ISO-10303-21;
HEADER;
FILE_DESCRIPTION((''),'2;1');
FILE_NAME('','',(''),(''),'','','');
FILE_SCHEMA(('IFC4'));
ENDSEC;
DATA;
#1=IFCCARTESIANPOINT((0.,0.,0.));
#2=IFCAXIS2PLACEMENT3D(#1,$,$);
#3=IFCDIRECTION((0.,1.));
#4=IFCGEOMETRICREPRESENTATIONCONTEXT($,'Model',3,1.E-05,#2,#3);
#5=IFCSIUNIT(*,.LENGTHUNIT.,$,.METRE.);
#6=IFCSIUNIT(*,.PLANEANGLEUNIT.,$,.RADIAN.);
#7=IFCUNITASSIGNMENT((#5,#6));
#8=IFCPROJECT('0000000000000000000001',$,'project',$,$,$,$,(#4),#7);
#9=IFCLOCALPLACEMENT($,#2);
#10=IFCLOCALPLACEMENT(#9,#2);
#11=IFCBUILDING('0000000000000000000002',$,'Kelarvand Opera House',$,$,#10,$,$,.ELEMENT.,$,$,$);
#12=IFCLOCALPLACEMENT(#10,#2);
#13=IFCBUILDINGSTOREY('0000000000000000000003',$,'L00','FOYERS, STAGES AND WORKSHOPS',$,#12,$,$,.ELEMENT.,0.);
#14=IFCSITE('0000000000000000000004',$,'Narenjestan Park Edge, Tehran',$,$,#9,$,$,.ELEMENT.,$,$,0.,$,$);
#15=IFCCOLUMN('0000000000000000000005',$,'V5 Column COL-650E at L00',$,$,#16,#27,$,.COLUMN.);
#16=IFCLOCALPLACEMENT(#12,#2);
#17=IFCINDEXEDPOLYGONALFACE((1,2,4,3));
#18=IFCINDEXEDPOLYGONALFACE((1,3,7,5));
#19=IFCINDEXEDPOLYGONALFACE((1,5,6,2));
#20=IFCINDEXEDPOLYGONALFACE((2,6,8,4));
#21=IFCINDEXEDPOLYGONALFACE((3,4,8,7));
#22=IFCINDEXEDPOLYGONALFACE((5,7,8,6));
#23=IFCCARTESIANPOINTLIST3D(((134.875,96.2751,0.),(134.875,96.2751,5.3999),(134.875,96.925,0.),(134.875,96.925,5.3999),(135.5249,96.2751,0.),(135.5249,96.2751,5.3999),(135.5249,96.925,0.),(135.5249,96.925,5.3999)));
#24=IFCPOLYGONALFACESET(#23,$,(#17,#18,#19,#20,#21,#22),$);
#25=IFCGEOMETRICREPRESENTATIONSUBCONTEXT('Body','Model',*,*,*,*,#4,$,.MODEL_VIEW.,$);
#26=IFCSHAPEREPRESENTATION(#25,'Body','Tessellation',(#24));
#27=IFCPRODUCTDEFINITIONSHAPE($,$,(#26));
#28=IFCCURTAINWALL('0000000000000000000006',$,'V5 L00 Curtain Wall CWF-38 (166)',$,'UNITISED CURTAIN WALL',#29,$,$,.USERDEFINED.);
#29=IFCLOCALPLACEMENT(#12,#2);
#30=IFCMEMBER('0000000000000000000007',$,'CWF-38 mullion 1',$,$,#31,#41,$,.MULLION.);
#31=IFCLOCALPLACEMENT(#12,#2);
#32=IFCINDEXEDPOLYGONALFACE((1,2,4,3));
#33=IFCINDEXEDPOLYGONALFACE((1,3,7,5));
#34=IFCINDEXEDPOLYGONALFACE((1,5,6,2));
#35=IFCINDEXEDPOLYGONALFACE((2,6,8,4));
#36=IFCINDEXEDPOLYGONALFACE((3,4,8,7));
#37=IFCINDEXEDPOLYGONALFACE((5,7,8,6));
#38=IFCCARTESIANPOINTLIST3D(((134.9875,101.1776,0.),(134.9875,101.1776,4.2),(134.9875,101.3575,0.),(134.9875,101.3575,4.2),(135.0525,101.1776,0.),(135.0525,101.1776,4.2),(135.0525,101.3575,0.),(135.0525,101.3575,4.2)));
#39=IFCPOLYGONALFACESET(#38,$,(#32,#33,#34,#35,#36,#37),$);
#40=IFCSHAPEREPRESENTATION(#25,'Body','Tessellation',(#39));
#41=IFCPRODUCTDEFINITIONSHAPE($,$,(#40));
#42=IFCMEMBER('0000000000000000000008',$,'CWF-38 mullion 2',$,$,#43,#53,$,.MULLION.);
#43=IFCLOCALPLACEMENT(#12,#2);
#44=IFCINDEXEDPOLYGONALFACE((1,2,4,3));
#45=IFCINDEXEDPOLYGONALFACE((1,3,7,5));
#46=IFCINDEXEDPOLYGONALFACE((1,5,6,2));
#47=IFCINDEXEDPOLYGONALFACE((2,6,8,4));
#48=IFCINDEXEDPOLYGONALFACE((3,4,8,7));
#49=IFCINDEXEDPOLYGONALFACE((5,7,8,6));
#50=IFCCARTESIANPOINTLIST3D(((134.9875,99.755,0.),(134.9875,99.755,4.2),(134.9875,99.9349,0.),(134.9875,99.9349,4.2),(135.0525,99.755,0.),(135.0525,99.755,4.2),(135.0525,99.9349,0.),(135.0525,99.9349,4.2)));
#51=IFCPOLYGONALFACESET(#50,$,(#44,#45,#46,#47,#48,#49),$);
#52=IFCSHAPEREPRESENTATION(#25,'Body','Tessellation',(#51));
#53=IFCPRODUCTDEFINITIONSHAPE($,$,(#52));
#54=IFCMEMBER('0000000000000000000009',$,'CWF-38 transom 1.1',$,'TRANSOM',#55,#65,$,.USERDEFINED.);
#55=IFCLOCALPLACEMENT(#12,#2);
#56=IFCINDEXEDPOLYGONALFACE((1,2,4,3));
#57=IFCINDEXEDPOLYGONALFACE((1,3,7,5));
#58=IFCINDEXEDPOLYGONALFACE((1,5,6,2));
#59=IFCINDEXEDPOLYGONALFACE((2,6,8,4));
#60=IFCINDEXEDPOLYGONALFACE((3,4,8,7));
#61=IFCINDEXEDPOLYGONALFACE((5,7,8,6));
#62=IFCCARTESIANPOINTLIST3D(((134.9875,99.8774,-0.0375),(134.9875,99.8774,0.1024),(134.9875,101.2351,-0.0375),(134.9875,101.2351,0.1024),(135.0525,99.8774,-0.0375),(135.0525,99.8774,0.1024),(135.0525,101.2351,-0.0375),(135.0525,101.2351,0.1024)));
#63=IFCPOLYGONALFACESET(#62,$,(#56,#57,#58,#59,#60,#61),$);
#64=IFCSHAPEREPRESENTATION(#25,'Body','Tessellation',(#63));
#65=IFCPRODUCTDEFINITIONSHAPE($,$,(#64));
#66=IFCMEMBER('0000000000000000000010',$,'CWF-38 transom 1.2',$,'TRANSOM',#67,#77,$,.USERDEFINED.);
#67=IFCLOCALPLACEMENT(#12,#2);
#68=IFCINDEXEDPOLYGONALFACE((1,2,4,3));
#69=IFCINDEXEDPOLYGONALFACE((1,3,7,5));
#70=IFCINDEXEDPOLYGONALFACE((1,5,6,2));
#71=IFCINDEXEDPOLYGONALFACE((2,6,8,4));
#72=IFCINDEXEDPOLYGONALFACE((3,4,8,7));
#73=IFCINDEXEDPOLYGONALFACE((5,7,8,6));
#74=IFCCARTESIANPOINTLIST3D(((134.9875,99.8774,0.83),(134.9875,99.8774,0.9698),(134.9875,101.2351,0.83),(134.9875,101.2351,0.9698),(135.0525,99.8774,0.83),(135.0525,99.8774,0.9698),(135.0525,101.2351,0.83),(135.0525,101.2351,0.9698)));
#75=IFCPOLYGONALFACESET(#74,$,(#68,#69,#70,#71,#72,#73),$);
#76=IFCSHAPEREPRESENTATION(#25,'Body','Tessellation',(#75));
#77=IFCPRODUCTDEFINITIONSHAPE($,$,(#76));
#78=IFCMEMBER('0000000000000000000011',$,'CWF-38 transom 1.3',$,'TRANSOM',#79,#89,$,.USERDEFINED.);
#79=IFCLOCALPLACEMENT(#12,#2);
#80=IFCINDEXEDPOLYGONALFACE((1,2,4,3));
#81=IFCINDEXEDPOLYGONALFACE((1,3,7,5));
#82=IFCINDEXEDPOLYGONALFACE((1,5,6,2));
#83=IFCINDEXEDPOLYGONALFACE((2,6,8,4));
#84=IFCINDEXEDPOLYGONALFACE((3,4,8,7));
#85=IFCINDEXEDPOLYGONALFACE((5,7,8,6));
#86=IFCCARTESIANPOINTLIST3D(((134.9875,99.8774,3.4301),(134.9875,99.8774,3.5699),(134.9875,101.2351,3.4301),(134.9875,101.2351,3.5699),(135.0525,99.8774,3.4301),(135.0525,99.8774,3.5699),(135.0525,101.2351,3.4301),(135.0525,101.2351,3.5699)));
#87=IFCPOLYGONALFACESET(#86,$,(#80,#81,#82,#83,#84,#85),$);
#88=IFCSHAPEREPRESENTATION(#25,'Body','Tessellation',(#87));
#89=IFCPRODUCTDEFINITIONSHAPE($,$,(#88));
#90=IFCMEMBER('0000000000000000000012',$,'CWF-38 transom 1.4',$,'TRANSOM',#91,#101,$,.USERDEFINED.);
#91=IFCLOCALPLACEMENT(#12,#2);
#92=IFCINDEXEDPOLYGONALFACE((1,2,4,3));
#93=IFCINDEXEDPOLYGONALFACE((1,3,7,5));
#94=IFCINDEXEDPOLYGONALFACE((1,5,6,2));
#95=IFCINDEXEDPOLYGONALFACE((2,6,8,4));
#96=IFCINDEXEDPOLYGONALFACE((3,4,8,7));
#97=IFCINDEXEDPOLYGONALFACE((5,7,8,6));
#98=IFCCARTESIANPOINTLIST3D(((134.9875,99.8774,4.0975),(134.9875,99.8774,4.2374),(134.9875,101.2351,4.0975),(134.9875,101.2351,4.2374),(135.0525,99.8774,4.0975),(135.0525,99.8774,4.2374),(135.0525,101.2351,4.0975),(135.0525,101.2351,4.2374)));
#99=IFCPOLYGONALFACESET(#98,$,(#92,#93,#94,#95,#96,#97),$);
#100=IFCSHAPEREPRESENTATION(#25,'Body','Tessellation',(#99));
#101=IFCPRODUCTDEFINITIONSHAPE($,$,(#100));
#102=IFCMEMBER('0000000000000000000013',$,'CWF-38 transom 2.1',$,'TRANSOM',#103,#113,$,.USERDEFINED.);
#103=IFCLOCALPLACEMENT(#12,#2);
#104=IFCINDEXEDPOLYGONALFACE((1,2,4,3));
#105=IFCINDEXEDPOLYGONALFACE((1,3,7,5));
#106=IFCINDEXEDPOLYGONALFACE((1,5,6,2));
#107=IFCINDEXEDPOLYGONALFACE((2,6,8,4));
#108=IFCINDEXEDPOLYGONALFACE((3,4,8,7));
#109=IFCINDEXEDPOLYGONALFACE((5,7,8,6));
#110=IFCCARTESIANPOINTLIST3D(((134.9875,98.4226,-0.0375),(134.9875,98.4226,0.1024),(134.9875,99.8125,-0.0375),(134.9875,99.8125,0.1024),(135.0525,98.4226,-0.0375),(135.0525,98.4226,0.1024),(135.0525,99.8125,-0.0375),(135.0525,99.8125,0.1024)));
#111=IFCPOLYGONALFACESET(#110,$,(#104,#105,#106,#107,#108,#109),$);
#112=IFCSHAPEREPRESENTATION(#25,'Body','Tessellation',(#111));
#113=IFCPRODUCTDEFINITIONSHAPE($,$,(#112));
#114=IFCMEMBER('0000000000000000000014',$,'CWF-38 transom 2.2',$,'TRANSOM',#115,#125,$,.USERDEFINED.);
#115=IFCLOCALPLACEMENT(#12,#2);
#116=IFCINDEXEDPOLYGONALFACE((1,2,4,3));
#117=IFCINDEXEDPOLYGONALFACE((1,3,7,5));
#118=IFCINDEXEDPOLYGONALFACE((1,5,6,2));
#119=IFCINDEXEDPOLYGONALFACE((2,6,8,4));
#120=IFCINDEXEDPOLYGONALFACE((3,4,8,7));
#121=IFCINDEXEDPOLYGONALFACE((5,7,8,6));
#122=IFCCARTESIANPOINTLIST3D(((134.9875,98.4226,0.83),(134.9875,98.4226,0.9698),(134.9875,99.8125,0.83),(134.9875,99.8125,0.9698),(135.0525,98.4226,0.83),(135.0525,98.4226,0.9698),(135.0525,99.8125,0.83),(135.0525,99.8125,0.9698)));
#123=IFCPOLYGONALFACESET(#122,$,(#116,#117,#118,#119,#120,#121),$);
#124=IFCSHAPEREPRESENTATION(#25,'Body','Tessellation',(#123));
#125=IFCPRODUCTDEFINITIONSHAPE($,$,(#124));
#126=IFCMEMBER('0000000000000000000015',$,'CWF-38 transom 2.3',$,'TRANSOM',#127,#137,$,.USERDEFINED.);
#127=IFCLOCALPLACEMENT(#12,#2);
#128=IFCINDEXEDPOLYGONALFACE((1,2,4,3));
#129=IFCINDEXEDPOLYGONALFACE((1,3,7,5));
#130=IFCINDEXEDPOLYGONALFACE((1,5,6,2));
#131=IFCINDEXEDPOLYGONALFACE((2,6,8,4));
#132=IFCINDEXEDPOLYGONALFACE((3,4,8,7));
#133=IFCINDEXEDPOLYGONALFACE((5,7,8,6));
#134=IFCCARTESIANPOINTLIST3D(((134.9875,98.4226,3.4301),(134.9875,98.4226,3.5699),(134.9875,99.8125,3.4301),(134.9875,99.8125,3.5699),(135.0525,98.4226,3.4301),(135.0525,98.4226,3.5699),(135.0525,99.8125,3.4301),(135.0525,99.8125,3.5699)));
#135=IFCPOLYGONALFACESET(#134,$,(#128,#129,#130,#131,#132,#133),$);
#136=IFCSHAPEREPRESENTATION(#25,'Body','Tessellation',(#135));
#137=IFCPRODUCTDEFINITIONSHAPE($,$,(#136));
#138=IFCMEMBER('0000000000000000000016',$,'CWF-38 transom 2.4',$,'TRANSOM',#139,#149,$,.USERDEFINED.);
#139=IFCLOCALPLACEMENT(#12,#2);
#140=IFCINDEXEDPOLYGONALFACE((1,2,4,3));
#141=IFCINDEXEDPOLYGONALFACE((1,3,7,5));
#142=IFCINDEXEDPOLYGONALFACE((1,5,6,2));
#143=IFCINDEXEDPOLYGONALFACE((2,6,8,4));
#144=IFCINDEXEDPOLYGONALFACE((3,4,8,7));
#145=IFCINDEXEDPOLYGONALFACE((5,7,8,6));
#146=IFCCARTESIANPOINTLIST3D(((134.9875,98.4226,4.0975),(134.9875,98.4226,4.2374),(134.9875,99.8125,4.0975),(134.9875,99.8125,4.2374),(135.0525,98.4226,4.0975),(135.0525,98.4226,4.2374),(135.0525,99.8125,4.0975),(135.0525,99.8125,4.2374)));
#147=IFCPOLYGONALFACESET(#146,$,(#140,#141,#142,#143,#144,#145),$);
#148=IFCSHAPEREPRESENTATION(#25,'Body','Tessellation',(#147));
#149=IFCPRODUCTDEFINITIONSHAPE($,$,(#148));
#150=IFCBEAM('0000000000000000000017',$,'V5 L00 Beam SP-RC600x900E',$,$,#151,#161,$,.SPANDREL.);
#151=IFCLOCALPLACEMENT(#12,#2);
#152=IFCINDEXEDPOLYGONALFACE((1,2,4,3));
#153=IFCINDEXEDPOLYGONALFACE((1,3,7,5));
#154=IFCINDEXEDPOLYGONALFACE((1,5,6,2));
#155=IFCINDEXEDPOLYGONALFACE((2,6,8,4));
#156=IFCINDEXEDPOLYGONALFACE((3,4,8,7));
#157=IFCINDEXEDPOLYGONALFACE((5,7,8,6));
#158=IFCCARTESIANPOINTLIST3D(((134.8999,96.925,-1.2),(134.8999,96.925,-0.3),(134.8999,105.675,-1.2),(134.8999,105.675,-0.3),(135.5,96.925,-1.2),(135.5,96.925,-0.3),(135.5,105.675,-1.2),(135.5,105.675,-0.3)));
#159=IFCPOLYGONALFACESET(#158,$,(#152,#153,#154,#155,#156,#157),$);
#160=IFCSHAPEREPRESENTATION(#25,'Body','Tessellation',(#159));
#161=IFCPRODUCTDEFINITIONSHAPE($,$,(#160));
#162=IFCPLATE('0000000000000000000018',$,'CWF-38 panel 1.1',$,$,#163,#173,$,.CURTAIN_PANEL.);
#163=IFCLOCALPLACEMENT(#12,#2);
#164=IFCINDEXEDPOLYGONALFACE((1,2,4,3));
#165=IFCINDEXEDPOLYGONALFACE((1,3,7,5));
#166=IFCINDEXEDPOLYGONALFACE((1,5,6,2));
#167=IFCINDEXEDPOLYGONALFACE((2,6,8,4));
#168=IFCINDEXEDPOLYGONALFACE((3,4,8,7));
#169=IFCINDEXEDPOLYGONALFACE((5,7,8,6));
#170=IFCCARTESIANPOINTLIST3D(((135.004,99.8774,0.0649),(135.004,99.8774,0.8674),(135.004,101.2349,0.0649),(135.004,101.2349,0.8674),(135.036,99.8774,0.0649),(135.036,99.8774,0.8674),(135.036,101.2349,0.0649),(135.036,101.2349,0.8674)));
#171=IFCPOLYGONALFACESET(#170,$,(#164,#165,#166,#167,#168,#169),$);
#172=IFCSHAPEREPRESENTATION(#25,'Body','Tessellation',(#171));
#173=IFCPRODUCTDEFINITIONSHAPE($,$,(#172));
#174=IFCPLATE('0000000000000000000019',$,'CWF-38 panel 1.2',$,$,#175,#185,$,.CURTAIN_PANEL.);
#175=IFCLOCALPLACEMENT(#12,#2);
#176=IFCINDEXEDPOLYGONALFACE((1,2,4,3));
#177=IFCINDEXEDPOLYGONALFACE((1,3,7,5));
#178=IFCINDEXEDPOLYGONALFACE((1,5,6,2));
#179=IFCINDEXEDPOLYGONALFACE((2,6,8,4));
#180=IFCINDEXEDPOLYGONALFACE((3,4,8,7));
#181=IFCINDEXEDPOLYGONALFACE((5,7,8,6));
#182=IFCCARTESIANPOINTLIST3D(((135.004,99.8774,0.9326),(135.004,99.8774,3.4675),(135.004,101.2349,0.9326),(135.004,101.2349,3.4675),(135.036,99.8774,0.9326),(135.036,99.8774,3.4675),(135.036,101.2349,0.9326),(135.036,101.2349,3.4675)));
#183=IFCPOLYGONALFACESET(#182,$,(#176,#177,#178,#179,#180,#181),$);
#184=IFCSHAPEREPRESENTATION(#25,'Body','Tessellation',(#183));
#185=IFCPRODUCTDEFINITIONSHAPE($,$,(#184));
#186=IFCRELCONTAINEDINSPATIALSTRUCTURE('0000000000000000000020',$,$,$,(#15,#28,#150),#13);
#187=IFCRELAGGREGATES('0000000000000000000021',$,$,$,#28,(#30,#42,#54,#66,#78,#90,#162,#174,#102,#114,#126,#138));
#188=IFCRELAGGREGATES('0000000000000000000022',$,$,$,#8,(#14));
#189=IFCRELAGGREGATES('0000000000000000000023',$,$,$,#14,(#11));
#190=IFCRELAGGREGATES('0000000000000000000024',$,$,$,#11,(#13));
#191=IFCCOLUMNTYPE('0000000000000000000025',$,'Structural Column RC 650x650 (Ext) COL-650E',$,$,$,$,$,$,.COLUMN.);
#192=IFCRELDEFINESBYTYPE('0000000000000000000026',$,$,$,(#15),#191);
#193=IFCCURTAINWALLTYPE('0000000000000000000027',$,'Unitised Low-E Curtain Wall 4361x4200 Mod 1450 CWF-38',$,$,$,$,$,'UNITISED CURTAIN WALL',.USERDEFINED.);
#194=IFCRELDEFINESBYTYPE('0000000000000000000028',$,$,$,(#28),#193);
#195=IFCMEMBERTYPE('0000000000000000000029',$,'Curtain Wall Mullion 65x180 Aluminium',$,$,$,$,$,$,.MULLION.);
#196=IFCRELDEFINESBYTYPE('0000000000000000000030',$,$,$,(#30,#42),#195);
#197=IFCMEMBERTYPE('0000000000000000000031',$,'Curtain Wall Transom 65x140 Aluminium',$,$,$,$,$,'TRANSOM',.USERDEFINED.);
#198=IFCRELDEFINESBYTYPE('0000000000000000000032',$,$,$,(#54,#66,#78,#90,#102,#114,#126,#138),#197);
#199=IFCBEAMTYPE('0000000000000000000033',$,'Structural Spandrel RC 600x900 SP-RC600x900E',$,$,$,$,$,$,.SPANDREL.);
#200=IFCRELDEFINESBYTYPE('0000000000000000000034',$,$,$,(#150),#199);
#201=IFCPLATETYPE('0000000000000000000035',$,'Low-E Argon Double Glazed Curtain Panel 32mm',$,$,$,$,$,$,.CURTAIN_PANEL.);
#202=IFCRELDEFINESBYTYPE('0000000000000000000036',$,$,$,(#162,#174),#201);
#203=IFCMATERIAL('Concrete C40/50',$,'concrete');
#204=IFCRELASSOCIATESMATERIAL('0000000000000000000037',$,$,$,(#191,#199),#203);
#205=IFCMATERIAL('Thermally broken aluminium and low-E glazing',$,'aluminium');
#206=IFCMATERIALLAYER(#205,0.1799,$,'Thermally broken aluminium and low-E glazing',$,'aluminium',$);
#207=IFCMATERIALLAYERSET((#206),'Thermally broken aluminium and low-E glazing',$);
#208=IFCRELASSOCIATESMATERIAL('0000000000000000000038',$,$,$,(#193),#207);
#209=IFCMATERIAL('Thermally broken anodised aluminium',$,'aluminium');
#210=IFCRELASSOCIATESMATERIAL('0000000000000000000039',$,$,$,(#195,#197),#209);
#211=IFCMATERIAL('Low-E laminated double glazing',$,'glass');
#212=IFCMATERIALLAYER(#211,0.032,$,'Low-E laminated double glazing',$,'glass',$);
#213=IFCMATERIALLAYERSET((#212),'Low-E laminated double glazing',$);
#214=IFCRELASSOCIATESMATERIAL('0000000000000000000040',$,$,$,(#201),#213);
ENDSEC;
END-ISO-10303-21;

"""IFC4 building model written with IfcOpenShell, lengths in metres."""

from ifc_helpers import new_model, si_unit, direction, frame, origin, origin_2d, place, context, subcontext, project, spatial, rectangle, extrude, material, layer, layer_set, material_profile, profile_set, type_object, element, aggregate, save


model = new_model("IFC4")

# Units and contexts
model_context = context("Model", 3, precision=1e-05, world=origin(), true_north=direction((0.0, 1.0)))
body_context = subcontext(model_context, "Body", "Model", "MODEL_VIEW")
ifc_project = project(units=[si_unit("LENGTHUNIT", "METRE"), si_unit("PLANEANGLEUNIT", "RADIAN")], contexts=[model_context])

# Site, building, storey
site_placement = place(None, origin())
site = spatial("IfcSite", under=ifc_project, at=site_placement, Name="Narenjestan Park Edge, Tehran", CompositionType="ELEMENT", RefElevation=0.0)
building_placement = place(site_placement, origin())
building = spatial("IfcBuilding", under=site, at=building_placement, Name="Kelarvand Opera House", CompositionType="ELEMENT")
storey_placement = place(building_placement, origin())
storey = spatial("IfcBuildingStorey", under=building, at=storey_placement, Name="L00", Description="FOYERS, STAGES AND WORKSHOPS", CompositionType="ELEMENT", Elevation=0.0)

# Column
ifc_material_1 = material(Name="Concrete C40/50", Category="concrete")
ifc_material_profile_1 = material_profile(ifc_material_1, rectangle(XDim=0.6499, YDim=0.6499, at=origin_2d()), Name="RC 650x650", Category="concrete")
ifc_profile_set_1 = profile_set([ifc_material_profile_1], Name="Concrete C40/50")
column_type = type_object("IfcColumnType", Name="Structural Column RC 650x650 (Ext) COL-650E", PredefinedType="COLUMN", material=ifc_profile_set_1)
column_placement = place(storey_placement, frame((135.2, 96.6001, 0.0), z_axis=(0.0, 0.0, 1.0), x_axis=(1.0, 0.0, 0.0)))
element("IfcColumn", 1, at=column_placement, inside=storey, type_object=column_type, Name="V5 Column COL-650E at L00", PredefinedType="COLUMN", context=body_context, shape_type="SweptSolid", body=[
    extrude(rectangle(XDim=0.6499, YDim=0.6499, at=origin_2d()), origin(), (0.0, 0.0, 1.0), 5.3999),
])

# Curtain wall, members
ifc_material_2 = material(Name="Thermally broken aluminium and low-E glazing", Category="aluminium")
ifc_layer_1 = layer(ifc_material_2, 0.1799, Name="Thermally broken aluminium and low-E glazing", Category="aluminium")
ifc_layer_set_1 = layer_set([ifc_layer_1], Name="Thermally broken aluminium and low-E glazing")
curtain_wall_type = type_object("IfcCurtainWallType", Name="Unitised Low-E Curtain Wall 4361x4200 Mod 1450 CWF-38", ElementType="UNITISED CURTAIN WALL", PredefinedType="USERDEFINED", material=ifc_layer_set_1)
curtain_wall_placement = place(storey_placement, origin())
curtain_wall = element("IfcCurtainWall", 2, at=curtain_wall_placement, inside=storey, type_object=curtain_wall_type, Name="V5 L00 Curtain Wall CWF-38 (166)", ObjectType="UNITISED CURTAIN WALL", PredefinedType="USERDEFINED")
ifc_material_3 = material(Name="Thermally broken anodised aluminium", Category="aluminium")
ifc_material_profile_2 = material_profile(ifc_material_3, rectangle(XDim=0.0649, YDim=0.1799, at=origin_2d()), Name="ALU MULLION 65x180", Category="aluminium")
ifc_profile_set_2 = profile_set([ifc_material_profile_2], Name="Thermally broken anodised aluminium")
member_type_1 = type_object("IfcMemberType", Name="Curtain Wall Mullion 65x180 Aluminium", PredefinedType="MULLION", material=ifc_profile_set_2)
member_1_placement = place(storey_placement, frame((135.02, 101.2676, 0.0), z_axis=(0.0, 0.0, 1.0), x_axis=(1.0, 0.0, 0.0)))
member_1 = element("IfcMember", 3, at=member_1_placement, type_object=member_type_1, Name="CWF-38 mullion 1", PredefinedType="MULLION", context=body_context, shape_type="SweptSolid", body=[
    extrude(rectangle(XDim=0.0649, YDim=0.1799, at=origin_2d()), origin(), (0.0, 0.0, 1.0), 4.2),
])
member_2_placement = place(storey_placement, frame((135.02, 99.845, 0.0), z_axis=(0.0, 0.0, 1.0), x_axis=(1.0, 0.0, 0.0)))
member_2 = element("IfcMember", 4, at=member_2_placement, type_object=member_type_1, Name="CWF-38 mullion 2", PredefinedType="MULLION", context=body_context, shape_type="SweptSolid", body=[
    extrude(rectangle(XDim=0.0649, YDim=0.1799, at=origin_2d()), origin(), (0.0, 0.0, 1.0), 4.2),
])
ifc_material_profile_3 = material_profile(ifc_material_3, rectangle(XDim=0.0649, YDim=0.1399, at=origin_2d()), Name="ALU TRANSOM 65x140", Category="aluminium")
ifc_profile_set_3 = profile_set([ifc_material_profile_3], Name="Thermally broken anodised aluminium")
member_type_2 = type_object("IfcMemberType", Name="Curtain Wall Transom 65x140 Aluminium", ElementType="TRANSOM", PredefinedType="USERDEFINED", material=ifc_profile_set_3)
member_3_placement = place(storey_placement, frame((135.02, 101.2351, 0.0325), z_axis=(0.0, -1.0, 0.0), x_axis=(1.0, 0.0, 0.0)))
member_3 = element("IfcMember", 5, at=member_3_placement, type_object=member_type_2, Name="CWF-38 transom 1.1", ObjectType="TRANSOM", PredefinedType="USERDEFINED", context=body_context, shape_type="SweptSolid", body=[
    extrude(rectangle(XDim=0.0649, YDim=0.1399, at=origin_2d()), origin(), (0.0, 0.0, 1.0), 1.3577),
])
member_4_placement = place(storey_placement, frame((135.02, 101.2351, 0.8999), z_axis=(0.0, -1.0, 0.0), x_axis=(1.0, 0.0, 0.0)))
member_4 = element("IfcMember", 6, at=member_4_placement, type_object=member_type_2, Name="CWF-38 transom 1.2", ObjectType="TRANSOM", PredefinedType="USERDEFINED", context=body_context, shape_type="SweptSolid", body=[
    extrude(rectangle(XDim=0.0649, YDim=0.1399, at=origin_2d()), origin(), (0.0, 0.0, 1.0), 1.3577),
])
member_5_placement = place(storey_placement, frame((135.02, 101.2351, 3.5), z_axis=(0.0, -1.0, 0.0), x_axis=(1.0, 0.0, 0.0)))
member_5 = element("IfcMember", 7, at=member_5_placement, type_object=member_type_2, Name="CWF-38 transom 1.3", ObjectType="TRANSOM", PredefinedType="USERDEFINED", context=body_context, shape_type="SweptSolid", body=[
    extrude(rectangle(XDim=0.0649, YDim=0.1399, at=origin_2d()), origin(), (0.0, 0.0, 1.0), 1.3577),
])
member_6_placement = place(storey_placement, frame((135.02, 101.2351, 4.1675), z_axis=(0.0, -1.0, 0.0), x_axis=(1.0, 0.0, 0.0)))
member_6 = element("IfcMember", 8, at=member_6_placement, type_object=member_type_2, Name="CWF-38 transom 1.4", ObjectType="TRANSOM", PredefinedType="USERDEFINED", context=body_context, shape_type="SweptSolid", body=[
    extrude(rectangle(XDim=0.0649, YDim=0.1399, at=origin_2d()), origin(), (0.0, 0.0, 1.0), 1.3577),
])
member_7_placement = place(storey_placement, frame((135.02, 99.8125, 0.0325), z_axis=(0.0, -1.0, 0.0), x_axis=(1.0, 0.0, 0.0)))
member_7 = element("IfcMember", 9, at=member_7_placement, type_object=member_type_2, Name="CWF-38 transom 2.1", ObjectType="TRANSOM", PredefinedType="USERDEFINED", context=body_context, shape_type="SweptSolid", body=[
    extrude(rectangle(XDim=0.0649, YDim=0.1399, at=origin_2d()), origin(), (0.0, 0.0, 1.0), 1.3899),
])
member_8_placement = place(storey_placement, frame((135.02, 99.8125, 0.8999), z_axis=(0.0, -1.0, 0.0), x_axis=(1.0, 0.0, 0.0)))
member_8 = element("IfcMember", 10, at=member_8_placement, type_object=member_type_2, Name="CWF-38 transom 2.2", ObjectType="TRANSOM", PredefinedType="USERDEFINED", context=body_context, shape_type="SweptSolid", body=[
    extrude(rectangle(XDim=0.0649, YDim=0.1399, at=origin_2d()), origin(), (0.0, 0.0, 1.0), 1.3899),
])
member_9_placement = place(storey_placement, frame((135.02, 99.8125, 3.5), z_axis=(0.0, -1.0, 0.0), x_axis=(1.0, 0.0, 0.0)))
member_9 = element("IfcMember", 11, at=member_9_placement, type_object=member_type_2, Name="CWF-38 transom 2.3", ObjectType="TRANSOM", PredefinedType="USERDEFINED", context=body_context, shape_type="SweptSolid", body=[
    extrude(rectangle(XDim=0.0649, YDim=0.1399, at=origin_2d()), origin(), (0.0, 0.0, 1.0), 1.3899),
])
member_10_placement = place(storey_placement, frame((135.02, 99.8125, 4.1675), z_axis=(0.0, -1.0, 0.0), x_axis=(1.0, 0.0, 0.0)))
member_10 = element("IfcMember", 12, at=member_10_placement, type_object=member_type_2, Name="CWF-38 transom 2.4", ObjectType="TRANSOM", PredefinedType="USERDEFINED", context=body_context, shape_type="SweptSolid", body=[
    extrude(rectangle(XDim=0.0649, YDim=0.1399, at=origin_2d()), origin(), (0.0, 0.0, 1.0), 1.3899),
])

# Beam
ifc_material_profile_4 = material_profile(ifc_material_1, rectangle(XDim=0.6001, YDim=0.8999, at=origin_2d()), Name="RC 600x900", Category="concrete")
ifc_profile_set_4 = profile_set([ifc_material_profile_4], Name="Concrete C40/50")
beam_type = type_object("IfcBeamType", Name="Structural Spandrel RC 600x900 SP-RC600x900E", PredefinedType="SPANDREL", material=ifc_profile_set_4)
beam_placement = place(storey_placement, frame((135.2, 96.925, -0.75), z_axis=(0.0, 1.0, 0.0), x_axis=(-1.0, 0.0, 0.0)))
element("IfcBeam", 13, at=beam_placement, inside=storey, type_object=beam_type, Name="V5 L00 Beam SP-RC600x900E", PredefinedType="SPANDREL", context=body_context, shape_type="SweptSolid", body=[
    extrude(rectangle(XDim=0.6001, YDim=0.8999, at=origin_2d()), origin(), (0.0, 0.0, 1.0), 8.75),
])

# Plates
ifc_material_4 = material(Name="Low-E laminated double glazing", Category="glass")
ifc_layer_2 = layer(ifc_material_4, 0.032, Name="Low-E laminated double glazing", Category="glass")
ifc_layer_set_2 = layer_set([ifc_layer_2], Name="Low-E laminated double glazing")
plate_type = type_object("IfcPlateType", Name="Low-E Argon Double Glazed Curtain Panel 32mm", PredefinedType="CURTAIN_PANEL", material=ifc_layer_set_2)
plate_1_placement = place(storey_placement, frame((135.02, 100.5562, 0.0649), z_axis=(0.0, 0.0, 1.0), x_axis=(0.0, -1.0, 0.0)))
plate_1 = element("IfcPlate", 14, at=plate_1_placement, type_object=plate_type, Name="CWF-38 panel 1.1", PredefinedType="CURTAIN_PANEL", context=body_context, shape_type="SweptSolid", body=[
    extrude(rectangle(XDim=1.3574, YDim=0.032, at=origin_2d()), origin(), (0.0, 0.0, 1.0), 0.8025),
])
plate_2_placement = place(storey_placement, frame((135.02, 100.5562, 0.9326), z_axis=(0.0, 0.0, 1.0), x_axis=(0.0, -1.0, 0.0)))
plate_2 = element("IfcPlate", 15, at=plate_2_placement, type_object=plate_type, Name="CWF-38 panel 1.2", PredefinedType="CURTAIN_PANEL", context=body_context, shape_type="SweptSolid", body=[
    extrude(rectangle(XDim=1.3574, YDim=0.032, at=origin_2d()), origin(), (0.0, 0.0, 1.0), 2.5349),
])
aggregate(curtain_wall, [member_1, member_2, member_3, member_4, member_5, member_6, plate_1, plate_2, member_7, member_8, member_9, member_10])

save(model, "model.ifc")
